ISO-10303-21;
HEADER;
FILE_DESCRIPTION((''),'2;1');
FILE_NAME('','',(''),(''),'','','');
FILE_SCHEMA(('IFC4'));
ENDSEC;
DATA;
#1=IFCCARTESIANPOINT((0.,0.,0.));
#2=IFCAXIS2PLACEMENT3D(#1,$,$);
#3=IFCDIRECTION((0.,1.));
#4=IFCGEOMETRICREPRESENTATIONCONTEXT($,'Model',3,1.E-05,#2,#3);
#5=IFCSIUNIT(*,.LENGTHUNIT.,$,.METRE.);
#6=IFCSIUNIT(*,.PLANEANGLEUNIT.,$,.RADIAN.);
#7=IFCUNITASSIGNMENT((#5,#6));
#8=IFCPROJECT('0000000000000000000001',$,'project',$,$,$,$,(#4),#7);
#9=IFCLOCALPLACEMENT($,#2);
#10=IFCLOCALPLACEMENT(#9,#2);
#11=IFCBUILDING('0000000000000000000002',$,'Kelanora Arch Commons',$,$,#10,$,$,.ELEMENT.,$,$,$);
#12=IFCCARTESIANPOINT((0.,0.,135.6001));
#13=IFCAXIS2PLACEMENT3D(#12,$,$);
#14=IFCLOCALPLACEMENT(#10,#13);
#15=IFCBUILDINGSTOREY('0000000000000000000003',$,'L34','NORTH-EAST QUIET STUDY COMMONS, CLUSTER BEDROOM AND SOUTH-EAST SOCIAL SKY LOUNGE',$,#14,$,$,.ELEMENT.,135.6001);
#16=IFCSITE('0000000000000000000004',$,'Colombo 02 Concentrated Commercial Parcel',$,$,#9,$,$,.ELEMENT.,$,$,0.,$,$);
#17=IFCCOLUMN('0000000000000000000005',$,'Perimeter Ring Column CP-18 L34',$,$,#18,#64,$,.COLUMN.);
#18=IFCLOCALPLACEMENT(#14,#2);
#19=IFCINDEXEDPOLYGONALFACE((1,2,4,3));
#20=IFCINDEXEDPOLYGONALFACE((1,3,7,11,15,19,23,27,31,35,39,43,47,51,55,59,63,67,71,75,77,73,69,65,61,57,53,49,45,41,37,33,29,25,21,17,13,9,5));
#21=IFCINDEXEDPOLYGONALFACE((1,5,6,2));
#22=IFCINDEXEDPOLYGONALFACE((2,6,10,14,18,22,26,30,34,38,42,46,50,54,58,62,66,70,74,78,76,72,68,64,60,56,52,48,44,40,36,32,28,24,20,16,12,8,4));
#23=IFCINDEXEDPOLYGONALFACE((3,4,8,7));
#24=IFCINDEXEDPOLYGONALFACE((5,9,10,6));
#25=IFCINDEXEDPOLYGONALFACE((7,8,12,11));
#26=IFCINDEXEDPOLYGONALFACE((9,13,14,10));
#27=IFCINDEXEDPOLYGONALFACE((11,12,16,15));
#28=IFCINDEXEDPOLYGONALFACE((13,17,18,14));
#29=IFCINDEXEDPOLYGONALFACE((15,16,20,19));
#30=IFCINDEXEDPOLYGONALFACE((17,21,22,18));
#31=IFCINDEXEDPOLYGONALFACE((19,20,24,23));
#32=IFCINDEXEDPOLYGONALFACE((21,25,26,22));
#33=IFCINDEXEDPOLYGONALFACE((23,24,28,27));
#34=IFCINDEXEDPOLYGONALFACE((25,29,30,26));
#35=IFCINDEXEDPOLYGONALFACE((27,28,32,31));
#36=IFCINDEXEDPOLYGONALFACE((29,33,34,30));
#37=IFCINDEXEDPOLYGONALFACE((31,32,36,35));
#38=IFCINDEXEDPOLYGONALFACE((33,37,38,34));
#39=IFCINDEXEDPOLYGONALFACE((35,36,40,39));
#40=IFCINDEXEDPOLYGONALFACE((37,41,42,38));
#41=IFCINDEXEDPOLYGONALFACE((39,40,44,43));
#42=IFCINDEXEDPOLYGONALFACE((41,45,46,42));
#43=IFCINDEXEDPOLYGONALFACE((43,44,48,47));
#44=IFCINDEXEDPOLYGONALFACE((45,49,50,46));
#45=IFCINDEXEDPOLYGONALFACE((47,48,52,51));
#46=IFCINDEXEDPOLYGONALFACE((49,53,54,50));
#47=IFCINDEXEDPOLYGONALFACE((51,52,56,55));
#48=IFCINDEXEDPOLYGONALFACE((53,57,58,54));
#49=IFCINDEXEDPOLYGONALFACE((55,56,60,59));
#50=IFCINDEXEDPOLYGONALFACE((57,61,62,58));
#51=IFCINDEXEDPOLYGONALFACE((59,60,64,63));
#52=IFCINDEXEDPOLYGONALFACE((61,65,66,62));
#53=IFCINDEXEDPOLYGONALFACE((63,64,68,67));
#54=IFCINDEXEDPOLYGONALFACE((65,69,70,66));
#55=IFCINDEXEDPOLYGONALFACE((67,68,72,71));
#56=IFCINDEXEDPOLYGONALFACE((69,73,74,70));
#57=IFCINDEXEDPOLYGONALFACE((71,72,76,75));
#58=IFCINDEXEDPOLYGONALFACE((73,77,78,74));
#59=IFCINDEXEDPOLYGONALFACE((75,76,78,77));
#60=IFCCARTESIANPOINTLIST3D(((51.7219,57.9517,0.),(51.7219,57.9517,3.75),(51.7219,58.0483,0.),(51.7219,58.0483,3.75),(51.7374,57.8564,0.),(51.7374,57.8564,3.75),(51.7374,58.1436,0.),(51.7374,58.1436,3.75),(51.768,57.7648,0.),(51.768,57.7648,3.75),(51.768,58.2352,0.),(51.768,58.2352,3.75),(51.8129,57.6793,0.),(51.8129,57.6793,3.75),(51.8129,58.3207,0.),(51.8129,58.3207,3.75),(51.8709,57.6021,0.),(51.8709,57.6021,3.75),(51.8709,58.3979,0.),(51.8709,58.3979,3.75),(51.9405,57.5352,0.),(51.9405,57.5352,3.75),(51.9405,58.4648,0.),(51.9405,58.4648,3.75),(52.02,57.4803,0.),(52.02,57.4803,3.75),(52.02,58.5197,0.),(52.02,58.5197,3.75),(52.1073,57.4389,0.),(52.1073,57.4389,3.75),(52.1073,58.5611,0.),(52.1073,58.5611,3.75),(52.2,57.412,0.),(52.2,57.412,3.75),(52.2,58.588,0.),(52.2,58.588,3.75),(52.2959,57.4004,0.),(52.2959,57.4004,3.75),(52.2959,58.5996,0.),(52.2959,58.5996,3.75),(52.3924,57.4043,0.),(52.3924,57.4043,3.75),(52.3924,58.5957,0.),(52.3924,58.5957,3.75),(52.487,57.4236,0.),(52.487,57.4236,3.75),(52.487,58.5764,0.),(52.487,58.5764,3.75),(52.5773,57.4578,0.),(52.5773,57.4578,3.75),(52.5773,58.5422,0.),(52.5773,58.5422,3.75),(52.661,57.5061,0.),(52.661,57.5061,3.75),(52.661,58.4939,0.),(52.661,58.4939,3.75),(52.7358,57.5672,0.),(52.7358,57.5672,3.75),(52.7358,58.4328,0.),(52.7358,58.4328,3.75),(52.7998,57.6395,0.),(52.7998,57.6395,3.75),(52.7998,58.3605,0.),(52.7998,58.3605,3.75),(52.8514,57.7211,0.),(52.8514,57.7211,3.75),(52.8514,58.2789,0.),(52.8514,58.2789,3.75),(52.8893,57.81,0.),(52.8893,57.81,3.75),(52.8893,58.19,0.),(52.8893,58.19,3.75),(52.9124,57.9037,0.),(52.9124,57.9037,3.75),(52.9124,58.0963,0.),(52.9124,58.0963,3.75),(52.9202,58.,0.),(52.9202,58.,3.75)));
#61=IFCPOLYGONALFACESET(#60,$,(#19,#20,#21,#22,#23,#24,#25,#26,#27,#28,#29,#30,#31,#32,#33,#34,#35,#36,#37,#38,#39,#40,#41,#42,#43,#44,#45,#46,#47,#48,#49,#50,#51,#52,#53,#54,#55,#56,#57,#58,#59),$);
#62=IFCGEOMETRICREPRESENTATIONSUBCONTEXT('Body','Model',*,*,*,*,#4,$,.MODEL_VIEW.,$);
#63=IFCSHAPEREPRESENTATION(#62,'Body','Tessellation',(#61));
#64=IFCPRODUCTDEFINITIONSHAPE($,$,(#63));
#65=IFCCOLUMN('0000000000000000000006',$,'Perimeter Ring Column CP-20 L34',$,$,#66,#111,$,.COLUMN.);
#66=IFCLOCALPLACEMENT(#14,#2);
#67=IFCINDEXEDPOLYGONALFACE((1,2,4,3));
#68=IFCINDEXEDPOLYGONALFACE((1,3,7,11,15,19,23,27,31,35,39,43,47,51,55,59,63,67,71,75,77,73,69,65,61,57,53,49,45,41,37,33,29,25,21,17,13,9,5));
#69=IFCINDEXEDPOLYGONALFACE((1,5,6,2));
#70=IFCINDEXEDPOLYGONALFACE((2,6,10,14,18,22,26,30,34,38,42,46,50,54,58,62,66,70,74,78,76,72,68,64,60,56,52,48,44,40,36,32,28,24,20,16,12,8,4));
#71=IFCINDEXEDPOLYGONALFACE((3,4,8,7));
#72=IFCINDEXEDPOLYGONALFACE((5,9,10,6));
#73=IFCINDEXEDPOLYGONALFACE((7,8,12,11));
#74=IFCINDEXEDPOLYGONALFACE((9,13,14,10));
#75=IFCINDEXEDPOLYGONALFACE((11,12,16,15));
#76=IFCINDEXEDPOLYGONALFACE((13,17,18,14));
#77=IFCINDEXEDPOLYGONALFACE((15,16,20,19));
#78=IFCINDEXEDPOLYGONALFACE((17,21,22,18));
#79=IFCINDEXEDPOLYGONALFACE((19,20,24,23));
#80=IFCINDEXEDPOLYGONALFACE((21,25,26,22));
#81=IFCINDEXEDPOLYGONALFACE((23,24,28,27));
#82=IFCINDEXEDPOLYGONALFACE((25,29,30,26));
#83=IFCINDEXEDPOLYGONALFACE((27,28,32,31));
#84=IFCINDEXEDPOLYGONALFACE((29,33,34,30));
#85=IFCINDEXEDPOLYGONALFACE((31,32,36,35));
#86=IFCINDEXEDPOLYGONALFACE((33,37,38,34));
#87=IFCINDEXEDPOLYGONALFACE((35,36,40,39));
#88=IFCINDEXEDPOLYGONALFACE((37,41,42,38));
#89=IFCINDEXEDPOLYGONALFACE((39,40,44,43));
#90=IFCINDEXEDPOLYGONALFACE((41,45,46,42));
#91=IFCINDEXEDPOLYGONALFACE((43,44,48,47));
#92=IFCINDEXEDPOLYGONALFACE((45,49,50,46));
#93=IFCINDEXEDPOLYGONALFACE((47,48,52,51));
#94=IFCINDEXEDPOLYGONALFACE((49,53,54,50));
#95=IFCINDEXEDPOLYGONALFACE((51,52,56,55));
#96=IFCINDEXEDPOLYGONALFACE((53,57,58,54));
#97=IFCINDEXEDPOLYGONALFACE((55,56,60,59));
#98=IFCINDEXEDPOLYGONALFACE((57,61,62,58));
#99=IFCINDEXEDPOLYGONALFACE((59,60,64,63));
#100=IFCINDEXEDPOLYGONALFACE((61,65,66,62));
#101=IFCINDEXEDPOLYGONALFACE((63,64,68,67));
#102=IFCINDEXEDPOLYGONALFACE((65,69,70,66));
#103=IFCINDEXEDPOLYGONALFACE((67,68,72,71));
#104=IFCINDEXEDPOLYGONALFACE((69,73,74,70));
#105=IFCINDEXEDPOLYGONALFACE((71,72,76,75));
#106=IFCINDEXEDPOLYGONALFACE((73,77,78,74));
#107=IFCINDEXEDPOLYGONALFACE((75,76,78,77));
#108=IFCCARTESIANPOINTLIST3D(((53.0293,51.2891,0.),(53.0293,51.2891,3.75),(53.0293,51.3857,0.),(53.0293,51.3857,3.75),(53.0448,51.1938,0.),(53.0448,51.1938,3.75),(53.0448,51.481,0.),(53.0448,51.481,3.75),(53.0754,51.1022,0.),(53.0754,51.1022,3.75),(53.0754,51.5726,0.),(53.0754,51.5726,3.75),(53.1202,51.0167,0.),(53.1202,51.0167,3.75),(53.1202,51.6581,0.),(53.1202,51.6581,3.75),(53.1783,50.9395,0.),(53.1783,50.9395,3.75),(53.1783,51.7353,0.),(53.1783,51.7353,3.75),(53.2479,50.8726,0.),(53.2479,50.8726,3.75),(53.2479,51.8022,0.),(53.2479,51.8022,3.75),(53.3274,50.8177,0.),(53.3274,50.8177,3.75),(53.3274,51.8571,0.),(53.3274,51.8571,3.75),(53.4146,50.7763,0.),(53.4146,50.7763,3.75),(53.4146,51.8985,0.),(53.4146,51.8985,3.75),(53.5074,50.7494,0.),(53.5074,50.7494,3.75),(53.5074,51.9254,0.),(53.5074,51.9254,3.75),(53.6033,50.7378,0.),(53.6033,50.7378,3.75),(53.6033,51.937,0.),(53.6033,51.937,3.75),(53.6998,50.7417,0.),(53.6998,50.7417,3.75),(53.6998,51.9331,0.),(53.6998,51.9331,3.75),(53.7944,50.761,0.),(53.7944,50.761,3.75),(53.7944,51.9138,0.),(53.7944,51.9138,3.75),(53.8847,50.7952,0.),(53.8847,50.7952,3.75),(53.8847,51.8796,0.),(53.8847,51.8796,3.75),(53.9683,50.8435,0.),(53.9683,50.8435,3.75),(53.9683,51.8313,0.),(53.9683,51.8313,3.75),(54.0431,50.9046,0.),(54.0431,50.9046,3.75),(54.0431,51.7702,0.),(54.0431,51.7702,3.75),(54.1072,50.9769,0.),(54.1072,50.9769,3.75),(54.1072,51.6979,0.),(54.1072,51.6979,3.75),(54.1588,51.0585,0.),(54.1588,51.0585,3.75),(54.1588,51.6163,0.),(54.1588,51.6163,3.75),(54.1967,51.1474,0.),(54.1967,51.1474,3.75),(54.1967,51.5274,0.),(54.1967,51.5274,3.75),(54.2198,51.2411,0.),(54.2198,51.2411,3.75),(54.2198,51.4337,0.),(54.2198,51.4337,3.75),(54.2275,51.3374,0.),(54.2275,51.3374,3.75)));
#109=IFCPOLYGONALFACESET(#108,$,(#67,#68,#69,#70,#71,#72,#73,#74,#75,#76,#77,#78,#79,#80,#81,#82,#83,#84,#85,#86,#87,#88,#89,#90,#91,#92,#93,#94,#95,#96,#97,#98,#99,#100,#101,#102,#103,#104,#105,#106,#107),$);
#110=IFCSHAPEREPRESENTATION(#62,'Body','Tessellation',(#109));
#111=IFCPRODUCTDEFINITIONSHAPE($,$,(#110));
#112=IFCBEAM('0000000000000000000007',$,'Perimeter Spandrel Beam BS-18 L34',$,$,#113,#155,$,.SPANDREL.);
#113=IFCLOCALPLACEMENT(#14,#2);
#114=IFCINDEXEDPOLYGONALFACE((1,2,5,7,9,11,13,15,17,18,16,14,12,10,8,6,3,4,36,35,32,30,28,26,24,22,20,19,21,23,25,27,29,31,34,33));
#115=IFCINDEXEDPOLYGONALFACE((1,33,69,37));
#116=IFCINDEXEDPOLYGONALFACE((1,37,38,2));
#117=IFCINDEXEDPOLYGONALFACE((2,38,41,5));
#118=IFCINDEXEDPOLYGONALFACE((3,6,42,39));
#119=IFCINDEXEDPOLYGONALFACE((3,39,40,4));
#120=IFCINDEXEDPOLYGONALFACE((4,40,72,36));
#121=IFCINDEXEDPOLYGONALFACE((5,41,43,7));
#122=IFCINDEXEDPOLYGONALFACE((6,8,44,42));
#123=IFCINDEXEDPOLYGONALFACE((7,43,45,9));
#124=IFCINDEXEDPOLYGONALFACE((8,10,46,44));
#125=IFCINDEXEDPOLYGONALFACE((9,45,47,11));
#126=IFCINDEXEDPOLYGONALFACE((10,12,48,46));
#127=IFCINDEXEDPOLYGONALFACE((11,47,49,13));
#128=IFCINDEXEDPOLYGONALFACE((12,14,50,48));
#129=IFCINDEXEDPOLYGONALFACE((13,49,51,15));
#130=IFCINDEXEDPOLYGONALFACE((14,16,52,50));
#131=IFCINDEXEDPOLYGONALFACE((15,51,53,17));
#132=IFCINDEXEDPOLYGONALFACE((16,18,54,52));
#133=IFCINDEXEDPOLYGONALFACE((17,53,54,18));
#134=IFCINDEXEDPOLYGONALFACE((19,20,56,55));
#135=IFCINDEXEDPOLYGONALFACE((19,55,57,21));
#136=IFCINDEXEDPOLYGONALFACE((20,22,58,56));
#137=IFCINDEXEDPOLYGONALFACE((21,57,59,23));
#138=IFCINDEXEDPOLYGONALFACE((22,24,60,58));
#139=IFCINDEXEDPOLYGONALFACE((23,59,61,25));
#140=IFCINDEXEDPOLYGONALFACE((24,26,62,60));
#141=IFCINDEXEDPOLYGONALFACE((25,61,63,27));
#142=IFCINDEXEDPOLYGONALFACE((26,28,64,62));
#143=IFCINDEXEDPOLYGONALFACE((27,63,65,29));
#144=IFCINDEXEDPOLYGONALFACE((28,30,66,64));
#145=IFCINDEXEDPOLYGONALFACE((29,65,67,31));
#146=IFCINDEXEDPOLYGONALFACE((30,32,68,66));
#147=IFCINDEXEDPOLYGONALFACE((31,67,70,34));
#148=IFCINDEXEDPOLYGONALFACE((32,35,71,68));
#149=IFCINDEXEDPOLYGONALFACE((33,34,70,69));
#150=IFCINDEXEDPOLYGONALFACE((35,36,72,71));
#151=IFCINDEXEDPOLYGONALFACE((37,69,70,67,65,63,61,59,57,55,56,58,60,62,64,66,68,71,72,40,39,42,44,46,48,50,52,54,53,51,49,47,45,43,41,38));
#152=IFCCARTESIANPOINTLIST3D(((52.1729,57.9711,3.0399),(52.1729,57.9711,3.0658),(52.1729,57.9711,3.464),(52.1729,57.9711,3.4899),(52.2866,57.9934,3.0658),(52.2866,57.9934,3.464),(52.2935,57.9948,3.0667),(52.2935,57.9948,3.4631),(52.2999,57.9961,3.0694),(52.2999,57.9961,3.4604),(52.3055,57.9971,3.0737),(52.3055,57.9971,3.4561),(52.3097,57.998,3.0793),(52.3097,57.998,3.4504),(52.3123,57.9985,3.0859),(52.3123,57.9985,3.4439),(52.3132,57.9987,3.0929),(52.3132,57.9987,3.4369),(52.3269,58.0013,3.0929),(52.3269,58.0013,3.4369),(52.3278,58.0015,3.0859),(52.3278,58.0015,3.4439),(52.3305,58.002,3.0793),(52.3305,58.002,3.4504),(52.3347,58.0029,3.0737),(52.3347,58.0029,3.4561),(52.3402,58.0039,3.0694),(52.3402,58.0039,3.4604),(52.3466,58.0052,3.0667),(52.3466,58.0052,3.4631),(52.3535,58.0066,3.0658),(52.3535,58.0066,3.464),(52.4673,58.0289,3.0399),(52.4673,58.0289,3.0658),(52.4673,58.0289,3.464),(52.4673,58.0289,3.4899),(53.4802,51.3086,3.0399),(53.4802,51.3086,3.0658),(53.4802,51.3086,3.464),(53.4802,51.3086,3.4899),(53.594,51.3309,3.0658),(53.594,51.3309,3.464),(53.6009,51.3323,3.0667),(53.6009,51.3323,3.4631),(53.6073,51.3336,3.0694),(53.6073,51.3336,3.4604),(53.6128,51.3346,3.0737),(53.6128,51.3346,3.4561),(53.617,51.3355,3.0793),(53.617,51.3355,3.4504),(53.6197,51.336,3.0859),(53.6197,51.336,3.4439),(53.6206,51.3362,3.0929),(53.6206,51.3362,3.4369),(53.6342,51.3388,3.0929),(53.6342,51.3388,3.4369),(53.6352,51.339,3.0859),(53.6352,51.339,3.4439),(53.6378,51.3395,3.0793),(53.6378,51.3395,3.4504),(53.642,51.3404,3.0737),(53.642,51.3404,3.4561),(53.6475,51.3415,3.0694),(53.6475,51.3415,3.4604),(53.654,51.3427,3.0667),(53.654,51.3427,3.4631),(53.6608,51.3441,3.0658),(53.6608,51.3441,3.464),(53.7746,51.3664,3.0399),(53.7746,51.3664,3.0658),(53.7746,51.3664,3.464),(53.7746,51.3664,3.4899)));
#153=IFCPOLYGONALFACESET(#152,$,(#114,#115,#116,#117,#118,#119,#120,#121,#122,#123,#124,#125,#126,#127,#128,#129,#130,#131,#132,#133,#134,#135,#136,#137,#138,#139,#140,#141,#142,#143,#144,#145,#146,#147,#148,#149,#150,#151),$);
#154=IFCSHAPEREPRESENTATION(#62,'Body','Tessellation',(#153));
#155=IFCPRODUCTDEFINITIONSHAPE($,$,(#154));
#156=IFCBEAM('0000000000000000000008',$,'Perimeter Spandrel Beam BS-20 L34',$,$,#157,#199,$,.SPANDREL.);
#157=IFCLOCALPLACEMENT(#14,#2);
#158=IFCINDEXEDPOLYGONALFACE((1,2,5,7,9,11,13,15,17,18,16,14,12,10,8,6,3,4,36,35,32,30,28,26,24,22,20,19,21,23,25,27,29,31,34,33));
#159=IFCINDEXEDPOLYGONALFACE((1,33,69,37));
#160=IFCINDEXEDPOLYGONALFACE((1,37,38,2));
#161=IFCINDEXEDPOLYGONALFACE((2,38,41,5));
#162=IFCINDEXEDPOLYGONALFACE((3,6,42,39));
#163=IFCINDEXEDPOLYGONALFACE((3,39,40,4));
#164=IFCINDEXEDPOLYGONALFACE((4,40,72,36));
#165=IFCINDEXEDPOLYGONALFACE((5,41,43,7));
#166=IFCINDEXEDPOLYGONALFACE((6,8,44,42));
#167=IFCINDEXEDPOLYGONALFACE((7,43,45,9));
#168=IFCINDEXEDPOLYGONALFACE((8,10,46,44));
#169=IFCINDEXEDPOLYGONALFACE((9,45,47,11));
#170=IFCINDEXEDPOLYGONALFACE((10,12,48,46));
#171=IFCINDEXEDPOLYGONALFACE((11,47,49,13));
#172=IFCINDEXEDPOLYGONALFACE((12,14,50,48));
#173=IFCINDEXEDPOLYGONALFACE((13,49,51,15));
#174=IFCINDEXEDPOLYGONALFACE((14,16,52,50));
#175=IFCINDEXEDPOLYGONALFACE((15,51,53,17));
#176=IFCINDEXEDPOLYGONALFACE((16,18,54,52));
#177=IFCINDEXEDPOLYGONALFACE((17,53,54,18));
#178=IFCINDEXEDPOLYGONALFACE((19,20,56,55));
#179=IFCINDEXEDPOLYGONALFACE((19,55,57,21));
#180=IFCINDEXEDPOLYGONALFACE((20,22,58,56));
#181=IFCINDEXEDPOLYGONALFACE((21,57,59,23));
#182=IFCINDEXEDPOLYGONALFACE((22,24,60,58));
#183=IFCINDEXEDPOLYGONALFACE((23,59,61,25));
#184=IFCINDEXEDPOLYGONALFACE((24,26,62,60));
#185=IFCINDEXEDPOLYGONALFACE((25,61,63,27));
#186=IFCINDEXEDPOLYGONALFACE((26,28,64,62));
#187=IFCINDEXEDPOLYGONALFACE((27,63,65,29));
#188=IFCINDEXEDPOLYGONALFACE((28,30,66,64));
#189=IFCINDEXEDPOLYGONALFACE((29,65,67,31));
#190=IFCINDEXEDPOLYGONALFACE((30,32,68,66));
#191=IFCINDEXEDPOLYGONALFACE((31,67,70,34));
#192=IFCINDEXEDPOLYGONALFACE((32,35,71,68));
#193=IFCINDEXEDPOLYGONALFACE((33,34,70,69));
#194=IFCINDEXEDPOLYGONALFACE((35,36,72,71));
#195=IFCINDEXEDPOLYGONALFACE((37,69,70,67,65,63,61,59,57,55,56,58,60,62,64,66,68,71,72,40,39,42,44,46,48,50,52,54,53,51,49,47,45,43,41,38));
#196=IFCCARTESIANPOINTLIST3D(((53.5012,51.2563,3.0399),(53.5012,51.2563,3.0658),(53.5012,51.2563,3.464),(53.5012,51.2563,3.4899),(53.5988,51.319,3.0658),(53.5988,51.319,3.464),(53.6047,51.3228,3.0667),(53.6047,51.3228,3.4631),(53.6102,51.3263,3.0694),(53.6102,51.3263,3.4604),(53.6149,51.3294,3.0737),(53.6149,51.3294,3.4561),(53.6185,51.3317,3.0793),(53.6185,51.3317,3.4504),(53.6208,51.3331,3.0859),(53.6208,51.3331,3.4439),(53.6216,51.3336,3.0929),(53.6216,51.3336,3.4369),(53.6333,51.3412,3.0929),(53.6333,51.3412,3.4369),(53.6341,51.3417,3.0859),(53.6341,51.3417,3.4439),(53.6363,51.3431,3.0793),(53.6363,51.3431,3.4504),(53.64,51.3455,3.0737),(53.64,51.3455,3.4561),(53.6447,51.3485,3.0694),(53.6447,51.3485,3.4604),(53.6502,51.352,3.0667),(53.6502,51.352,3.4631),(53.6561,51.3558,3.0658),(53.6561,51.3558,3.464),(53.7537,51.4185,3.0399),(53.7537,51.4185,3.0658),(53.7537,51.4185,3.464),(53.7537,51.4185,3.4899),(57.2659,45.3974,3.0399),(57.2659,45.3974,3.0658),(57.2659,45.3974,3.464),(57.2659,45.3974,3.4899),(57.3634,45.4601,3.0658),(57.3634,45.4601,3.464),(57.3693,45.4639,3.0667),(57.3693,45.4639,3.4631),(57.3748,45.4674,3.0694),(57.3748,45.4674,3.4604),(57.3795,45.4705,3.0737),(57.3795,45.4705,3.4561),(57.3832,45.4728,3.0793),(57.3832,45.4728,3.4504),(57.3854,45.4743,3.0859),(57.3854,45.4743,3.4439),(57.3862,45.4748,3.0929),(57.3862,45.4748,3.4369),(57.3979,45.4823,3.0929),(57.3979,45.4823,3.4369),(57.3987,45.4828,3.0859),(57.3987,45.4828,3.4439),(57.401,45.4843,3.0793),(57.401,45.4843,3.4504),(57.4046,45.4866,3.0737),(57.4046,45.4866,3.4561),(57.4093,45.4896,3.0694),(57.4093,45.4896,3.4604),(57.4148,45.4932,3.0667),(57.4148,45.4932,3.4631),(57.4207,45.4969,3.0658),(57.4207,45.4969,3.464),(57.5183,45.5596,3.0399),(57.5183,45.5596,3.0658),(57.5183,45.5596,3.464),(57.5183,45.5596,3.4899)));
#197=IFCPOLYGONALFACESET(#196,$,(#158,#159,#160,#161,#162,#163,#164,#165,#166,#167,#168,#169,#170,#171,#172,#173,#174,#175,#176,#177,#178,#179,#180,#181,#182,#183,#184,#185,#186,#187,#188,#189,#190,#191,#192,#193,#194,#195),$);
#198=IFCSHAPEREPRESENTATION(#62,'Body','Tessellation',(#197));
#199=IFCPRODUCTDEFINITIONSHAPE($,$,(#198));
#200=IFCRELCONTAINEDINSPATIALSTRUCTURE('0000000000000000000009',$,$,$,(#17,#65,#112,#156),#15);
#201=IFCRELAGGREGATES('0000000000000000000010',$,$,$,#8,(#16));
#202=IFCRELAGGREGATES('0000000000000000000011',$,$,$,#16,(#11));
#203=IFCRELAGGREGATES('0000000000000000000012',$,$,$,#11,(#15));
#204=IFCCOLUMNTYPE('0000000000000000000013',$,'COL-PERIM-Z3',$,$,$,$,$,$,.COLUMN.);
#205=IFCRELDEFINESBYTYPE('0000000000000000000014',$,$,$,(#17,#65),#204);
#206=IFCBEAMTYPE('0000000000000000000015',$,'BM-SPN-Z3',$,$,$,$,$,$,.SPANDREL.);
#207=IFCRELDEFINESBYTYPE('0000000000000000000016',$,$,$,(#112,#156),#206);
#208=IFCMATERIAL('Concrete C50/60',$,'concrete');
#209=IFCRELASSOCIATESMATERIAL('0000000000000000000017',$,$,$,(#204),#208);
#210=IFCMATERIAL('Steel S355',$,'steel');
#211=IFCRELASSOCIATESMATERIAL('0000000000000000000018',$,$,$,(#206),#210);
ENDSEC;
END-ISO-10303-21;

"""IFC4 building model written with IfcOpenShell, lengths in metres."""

from ifc_helpers import new_model, si_unit, direction, frame, origin, origin_2d, place, context, subcontext, project, spatial, circle, i_section, extrude, material, material_profile, profile_set, type_object, element, save


model = new_model("IFC4")

# Units and contexts
model_context = context("Model", 3, precision=1e-05, world=origin(), true_north=direction((0.0, 1.0)))
body_context = subcontext(model_context, "Body", "Model", "MODEL_VIEW")
ifc_project = project(units=[si_unit("LENGTHUNIT", "METRE"), si_unit("PLANEANGLEUNIT", "RADIAN")], contexts=[model_context])

# Site, building, storey
site_placement = place(None, origin())
site = spatial("IfcSite", under=ifc_project, at=site_placement, Name="Colombo 02 Concentrated Commercial Parcel", CompositionType="ELEMENT", RefElevation=0.0)
building_placement = place(site_placement, origin())
building = spatial("IfcBuilding", under=site, at=building_placement, Name="Kelanora Arch Commons", CompositionType="ELEMENT")
storey_placement = place(building_placement, frame((0.0, 0.0, 135.6001)))
storey = spatial("IfcBuildingStorey", under=building, at=storey_placement, Name="L34", Description="NORTH-EAST QUIET STUDY COMMONS, CLUSTER BEDROOM AND SOUTH-EAST SOCIAL SKY LOUNGE", CompositionType="ELEMENT", Elevation=135.6001)

# Columns
ifc_material_1 = material(Name="Concrete C50/60", Category="concrete")
ifc_material_profile_1 = material_profile(ifc_material_1, circle(Radius=0.6001, at=origin_2d()), Name="RCC1200")
ifc_profile_set_1 = profile_set([ifc_material_profile_1], Name="Concrete C50/60")
column_type = type_object("IfcColumnType", Name="COL-PERIM-Z3", PredefinedType="COLUMN", material=ifc_profile_set_1)
for number, where, z_axis, x_axis, name in (
    (1, (52.3201, 58.0, 0.0), (0.0, 0.0, 1.0), (1.0, 0.0, 0.0), "Perimeter Ring Column CP-18 L34"),
    (2, (53.6274, 51.3374, 0.0), (0.0, 0.0, 1.0), (1.0, 0.0, 0.0), "Perimeter Ring Column CP-20 L34"),
):
    element("IfcColumn", number, at=place(storey_placement, frame(where, z_axis=z_axis, x_axis=x_axis)), inside=storey, type_object=column_type, Name=name, PredefinedType="COLUMN", context=body_context, shape_type="SweptSolid", body=[
        extrude(circle(Radius=0.6001, at=origin_2d()), origin(), (0.0, 0.0, 1.0), 3.75),
    ])

# Beams
ifc_material_2 = material(Name="Steel S355", Category="steel")
ifc_material_profile_2 = material_profile(ifc_material_2, i_section(OverallWidth=0.3, OverallDepth=0.45, WebThickness=0.0139, FlangeThickness=0.0259, FilletRadius=0.0271, at=origin_2d()), Name="HEB450")
ifc_profile_set_2 = profile_set([ifc_material_profile_2], Name="Steel S355")
beam_type = type_object("IfcBeamType", Name="BM-SPN-Z3", PredefinedType="SPANDREL", material=ifc_profile_set_2)
beam_1_placement = place(storey_placement, frame((52.3201, 58.0, 3.2649), z_axis=(0.192554, -0.981286, 0.0), x_axis=(0.981286, 0.192554, 0.0)))
element("IfcBeam", 3, at=beam_1_placement, inside=storey, type_object=beam_type, Name="Perimeter Spandrel Beam BS-18 L34", PredefinedType="SPANDREL", context=body_context, shape_type="SweptSolid", body=[
    extrude(i_section(OverallWidth=0.3, OverallDepth=0.45, WebThickness=0.0139, FlangeThickness=0.0259, FilletRadius=0.0271, at=origin_2d()), origin(), (0.0, 0.0, 1.0), 6.7896),
])
beam_2_placement = place(storey_placement, frame((53.6274, 51.3374, 3.2649), z_axis=(0.540577, -0.841295, 0.0), x_axis=(0.841295, 0.540577, 0.0)))
element("IfcBeam", 4, at=beam_2_placement, inside=storey, type_object=beam_type, Name="Perimeter Spandrel Beam BS-20 L34", PredefinedType="SPANDREL", context=body_context, shape_type="SweptSolid", body=[
    extrude(i_section(OverallWidth=0.3, OverallDepth=0.45, WebThickness=0.0139, FlangeThickness=0.0259, FilletRadius=0.0271, at=origin_2d()), origin(), (0.0, 0.0, 1.0), 6.9641),
])

save(model, "model.ifc")
